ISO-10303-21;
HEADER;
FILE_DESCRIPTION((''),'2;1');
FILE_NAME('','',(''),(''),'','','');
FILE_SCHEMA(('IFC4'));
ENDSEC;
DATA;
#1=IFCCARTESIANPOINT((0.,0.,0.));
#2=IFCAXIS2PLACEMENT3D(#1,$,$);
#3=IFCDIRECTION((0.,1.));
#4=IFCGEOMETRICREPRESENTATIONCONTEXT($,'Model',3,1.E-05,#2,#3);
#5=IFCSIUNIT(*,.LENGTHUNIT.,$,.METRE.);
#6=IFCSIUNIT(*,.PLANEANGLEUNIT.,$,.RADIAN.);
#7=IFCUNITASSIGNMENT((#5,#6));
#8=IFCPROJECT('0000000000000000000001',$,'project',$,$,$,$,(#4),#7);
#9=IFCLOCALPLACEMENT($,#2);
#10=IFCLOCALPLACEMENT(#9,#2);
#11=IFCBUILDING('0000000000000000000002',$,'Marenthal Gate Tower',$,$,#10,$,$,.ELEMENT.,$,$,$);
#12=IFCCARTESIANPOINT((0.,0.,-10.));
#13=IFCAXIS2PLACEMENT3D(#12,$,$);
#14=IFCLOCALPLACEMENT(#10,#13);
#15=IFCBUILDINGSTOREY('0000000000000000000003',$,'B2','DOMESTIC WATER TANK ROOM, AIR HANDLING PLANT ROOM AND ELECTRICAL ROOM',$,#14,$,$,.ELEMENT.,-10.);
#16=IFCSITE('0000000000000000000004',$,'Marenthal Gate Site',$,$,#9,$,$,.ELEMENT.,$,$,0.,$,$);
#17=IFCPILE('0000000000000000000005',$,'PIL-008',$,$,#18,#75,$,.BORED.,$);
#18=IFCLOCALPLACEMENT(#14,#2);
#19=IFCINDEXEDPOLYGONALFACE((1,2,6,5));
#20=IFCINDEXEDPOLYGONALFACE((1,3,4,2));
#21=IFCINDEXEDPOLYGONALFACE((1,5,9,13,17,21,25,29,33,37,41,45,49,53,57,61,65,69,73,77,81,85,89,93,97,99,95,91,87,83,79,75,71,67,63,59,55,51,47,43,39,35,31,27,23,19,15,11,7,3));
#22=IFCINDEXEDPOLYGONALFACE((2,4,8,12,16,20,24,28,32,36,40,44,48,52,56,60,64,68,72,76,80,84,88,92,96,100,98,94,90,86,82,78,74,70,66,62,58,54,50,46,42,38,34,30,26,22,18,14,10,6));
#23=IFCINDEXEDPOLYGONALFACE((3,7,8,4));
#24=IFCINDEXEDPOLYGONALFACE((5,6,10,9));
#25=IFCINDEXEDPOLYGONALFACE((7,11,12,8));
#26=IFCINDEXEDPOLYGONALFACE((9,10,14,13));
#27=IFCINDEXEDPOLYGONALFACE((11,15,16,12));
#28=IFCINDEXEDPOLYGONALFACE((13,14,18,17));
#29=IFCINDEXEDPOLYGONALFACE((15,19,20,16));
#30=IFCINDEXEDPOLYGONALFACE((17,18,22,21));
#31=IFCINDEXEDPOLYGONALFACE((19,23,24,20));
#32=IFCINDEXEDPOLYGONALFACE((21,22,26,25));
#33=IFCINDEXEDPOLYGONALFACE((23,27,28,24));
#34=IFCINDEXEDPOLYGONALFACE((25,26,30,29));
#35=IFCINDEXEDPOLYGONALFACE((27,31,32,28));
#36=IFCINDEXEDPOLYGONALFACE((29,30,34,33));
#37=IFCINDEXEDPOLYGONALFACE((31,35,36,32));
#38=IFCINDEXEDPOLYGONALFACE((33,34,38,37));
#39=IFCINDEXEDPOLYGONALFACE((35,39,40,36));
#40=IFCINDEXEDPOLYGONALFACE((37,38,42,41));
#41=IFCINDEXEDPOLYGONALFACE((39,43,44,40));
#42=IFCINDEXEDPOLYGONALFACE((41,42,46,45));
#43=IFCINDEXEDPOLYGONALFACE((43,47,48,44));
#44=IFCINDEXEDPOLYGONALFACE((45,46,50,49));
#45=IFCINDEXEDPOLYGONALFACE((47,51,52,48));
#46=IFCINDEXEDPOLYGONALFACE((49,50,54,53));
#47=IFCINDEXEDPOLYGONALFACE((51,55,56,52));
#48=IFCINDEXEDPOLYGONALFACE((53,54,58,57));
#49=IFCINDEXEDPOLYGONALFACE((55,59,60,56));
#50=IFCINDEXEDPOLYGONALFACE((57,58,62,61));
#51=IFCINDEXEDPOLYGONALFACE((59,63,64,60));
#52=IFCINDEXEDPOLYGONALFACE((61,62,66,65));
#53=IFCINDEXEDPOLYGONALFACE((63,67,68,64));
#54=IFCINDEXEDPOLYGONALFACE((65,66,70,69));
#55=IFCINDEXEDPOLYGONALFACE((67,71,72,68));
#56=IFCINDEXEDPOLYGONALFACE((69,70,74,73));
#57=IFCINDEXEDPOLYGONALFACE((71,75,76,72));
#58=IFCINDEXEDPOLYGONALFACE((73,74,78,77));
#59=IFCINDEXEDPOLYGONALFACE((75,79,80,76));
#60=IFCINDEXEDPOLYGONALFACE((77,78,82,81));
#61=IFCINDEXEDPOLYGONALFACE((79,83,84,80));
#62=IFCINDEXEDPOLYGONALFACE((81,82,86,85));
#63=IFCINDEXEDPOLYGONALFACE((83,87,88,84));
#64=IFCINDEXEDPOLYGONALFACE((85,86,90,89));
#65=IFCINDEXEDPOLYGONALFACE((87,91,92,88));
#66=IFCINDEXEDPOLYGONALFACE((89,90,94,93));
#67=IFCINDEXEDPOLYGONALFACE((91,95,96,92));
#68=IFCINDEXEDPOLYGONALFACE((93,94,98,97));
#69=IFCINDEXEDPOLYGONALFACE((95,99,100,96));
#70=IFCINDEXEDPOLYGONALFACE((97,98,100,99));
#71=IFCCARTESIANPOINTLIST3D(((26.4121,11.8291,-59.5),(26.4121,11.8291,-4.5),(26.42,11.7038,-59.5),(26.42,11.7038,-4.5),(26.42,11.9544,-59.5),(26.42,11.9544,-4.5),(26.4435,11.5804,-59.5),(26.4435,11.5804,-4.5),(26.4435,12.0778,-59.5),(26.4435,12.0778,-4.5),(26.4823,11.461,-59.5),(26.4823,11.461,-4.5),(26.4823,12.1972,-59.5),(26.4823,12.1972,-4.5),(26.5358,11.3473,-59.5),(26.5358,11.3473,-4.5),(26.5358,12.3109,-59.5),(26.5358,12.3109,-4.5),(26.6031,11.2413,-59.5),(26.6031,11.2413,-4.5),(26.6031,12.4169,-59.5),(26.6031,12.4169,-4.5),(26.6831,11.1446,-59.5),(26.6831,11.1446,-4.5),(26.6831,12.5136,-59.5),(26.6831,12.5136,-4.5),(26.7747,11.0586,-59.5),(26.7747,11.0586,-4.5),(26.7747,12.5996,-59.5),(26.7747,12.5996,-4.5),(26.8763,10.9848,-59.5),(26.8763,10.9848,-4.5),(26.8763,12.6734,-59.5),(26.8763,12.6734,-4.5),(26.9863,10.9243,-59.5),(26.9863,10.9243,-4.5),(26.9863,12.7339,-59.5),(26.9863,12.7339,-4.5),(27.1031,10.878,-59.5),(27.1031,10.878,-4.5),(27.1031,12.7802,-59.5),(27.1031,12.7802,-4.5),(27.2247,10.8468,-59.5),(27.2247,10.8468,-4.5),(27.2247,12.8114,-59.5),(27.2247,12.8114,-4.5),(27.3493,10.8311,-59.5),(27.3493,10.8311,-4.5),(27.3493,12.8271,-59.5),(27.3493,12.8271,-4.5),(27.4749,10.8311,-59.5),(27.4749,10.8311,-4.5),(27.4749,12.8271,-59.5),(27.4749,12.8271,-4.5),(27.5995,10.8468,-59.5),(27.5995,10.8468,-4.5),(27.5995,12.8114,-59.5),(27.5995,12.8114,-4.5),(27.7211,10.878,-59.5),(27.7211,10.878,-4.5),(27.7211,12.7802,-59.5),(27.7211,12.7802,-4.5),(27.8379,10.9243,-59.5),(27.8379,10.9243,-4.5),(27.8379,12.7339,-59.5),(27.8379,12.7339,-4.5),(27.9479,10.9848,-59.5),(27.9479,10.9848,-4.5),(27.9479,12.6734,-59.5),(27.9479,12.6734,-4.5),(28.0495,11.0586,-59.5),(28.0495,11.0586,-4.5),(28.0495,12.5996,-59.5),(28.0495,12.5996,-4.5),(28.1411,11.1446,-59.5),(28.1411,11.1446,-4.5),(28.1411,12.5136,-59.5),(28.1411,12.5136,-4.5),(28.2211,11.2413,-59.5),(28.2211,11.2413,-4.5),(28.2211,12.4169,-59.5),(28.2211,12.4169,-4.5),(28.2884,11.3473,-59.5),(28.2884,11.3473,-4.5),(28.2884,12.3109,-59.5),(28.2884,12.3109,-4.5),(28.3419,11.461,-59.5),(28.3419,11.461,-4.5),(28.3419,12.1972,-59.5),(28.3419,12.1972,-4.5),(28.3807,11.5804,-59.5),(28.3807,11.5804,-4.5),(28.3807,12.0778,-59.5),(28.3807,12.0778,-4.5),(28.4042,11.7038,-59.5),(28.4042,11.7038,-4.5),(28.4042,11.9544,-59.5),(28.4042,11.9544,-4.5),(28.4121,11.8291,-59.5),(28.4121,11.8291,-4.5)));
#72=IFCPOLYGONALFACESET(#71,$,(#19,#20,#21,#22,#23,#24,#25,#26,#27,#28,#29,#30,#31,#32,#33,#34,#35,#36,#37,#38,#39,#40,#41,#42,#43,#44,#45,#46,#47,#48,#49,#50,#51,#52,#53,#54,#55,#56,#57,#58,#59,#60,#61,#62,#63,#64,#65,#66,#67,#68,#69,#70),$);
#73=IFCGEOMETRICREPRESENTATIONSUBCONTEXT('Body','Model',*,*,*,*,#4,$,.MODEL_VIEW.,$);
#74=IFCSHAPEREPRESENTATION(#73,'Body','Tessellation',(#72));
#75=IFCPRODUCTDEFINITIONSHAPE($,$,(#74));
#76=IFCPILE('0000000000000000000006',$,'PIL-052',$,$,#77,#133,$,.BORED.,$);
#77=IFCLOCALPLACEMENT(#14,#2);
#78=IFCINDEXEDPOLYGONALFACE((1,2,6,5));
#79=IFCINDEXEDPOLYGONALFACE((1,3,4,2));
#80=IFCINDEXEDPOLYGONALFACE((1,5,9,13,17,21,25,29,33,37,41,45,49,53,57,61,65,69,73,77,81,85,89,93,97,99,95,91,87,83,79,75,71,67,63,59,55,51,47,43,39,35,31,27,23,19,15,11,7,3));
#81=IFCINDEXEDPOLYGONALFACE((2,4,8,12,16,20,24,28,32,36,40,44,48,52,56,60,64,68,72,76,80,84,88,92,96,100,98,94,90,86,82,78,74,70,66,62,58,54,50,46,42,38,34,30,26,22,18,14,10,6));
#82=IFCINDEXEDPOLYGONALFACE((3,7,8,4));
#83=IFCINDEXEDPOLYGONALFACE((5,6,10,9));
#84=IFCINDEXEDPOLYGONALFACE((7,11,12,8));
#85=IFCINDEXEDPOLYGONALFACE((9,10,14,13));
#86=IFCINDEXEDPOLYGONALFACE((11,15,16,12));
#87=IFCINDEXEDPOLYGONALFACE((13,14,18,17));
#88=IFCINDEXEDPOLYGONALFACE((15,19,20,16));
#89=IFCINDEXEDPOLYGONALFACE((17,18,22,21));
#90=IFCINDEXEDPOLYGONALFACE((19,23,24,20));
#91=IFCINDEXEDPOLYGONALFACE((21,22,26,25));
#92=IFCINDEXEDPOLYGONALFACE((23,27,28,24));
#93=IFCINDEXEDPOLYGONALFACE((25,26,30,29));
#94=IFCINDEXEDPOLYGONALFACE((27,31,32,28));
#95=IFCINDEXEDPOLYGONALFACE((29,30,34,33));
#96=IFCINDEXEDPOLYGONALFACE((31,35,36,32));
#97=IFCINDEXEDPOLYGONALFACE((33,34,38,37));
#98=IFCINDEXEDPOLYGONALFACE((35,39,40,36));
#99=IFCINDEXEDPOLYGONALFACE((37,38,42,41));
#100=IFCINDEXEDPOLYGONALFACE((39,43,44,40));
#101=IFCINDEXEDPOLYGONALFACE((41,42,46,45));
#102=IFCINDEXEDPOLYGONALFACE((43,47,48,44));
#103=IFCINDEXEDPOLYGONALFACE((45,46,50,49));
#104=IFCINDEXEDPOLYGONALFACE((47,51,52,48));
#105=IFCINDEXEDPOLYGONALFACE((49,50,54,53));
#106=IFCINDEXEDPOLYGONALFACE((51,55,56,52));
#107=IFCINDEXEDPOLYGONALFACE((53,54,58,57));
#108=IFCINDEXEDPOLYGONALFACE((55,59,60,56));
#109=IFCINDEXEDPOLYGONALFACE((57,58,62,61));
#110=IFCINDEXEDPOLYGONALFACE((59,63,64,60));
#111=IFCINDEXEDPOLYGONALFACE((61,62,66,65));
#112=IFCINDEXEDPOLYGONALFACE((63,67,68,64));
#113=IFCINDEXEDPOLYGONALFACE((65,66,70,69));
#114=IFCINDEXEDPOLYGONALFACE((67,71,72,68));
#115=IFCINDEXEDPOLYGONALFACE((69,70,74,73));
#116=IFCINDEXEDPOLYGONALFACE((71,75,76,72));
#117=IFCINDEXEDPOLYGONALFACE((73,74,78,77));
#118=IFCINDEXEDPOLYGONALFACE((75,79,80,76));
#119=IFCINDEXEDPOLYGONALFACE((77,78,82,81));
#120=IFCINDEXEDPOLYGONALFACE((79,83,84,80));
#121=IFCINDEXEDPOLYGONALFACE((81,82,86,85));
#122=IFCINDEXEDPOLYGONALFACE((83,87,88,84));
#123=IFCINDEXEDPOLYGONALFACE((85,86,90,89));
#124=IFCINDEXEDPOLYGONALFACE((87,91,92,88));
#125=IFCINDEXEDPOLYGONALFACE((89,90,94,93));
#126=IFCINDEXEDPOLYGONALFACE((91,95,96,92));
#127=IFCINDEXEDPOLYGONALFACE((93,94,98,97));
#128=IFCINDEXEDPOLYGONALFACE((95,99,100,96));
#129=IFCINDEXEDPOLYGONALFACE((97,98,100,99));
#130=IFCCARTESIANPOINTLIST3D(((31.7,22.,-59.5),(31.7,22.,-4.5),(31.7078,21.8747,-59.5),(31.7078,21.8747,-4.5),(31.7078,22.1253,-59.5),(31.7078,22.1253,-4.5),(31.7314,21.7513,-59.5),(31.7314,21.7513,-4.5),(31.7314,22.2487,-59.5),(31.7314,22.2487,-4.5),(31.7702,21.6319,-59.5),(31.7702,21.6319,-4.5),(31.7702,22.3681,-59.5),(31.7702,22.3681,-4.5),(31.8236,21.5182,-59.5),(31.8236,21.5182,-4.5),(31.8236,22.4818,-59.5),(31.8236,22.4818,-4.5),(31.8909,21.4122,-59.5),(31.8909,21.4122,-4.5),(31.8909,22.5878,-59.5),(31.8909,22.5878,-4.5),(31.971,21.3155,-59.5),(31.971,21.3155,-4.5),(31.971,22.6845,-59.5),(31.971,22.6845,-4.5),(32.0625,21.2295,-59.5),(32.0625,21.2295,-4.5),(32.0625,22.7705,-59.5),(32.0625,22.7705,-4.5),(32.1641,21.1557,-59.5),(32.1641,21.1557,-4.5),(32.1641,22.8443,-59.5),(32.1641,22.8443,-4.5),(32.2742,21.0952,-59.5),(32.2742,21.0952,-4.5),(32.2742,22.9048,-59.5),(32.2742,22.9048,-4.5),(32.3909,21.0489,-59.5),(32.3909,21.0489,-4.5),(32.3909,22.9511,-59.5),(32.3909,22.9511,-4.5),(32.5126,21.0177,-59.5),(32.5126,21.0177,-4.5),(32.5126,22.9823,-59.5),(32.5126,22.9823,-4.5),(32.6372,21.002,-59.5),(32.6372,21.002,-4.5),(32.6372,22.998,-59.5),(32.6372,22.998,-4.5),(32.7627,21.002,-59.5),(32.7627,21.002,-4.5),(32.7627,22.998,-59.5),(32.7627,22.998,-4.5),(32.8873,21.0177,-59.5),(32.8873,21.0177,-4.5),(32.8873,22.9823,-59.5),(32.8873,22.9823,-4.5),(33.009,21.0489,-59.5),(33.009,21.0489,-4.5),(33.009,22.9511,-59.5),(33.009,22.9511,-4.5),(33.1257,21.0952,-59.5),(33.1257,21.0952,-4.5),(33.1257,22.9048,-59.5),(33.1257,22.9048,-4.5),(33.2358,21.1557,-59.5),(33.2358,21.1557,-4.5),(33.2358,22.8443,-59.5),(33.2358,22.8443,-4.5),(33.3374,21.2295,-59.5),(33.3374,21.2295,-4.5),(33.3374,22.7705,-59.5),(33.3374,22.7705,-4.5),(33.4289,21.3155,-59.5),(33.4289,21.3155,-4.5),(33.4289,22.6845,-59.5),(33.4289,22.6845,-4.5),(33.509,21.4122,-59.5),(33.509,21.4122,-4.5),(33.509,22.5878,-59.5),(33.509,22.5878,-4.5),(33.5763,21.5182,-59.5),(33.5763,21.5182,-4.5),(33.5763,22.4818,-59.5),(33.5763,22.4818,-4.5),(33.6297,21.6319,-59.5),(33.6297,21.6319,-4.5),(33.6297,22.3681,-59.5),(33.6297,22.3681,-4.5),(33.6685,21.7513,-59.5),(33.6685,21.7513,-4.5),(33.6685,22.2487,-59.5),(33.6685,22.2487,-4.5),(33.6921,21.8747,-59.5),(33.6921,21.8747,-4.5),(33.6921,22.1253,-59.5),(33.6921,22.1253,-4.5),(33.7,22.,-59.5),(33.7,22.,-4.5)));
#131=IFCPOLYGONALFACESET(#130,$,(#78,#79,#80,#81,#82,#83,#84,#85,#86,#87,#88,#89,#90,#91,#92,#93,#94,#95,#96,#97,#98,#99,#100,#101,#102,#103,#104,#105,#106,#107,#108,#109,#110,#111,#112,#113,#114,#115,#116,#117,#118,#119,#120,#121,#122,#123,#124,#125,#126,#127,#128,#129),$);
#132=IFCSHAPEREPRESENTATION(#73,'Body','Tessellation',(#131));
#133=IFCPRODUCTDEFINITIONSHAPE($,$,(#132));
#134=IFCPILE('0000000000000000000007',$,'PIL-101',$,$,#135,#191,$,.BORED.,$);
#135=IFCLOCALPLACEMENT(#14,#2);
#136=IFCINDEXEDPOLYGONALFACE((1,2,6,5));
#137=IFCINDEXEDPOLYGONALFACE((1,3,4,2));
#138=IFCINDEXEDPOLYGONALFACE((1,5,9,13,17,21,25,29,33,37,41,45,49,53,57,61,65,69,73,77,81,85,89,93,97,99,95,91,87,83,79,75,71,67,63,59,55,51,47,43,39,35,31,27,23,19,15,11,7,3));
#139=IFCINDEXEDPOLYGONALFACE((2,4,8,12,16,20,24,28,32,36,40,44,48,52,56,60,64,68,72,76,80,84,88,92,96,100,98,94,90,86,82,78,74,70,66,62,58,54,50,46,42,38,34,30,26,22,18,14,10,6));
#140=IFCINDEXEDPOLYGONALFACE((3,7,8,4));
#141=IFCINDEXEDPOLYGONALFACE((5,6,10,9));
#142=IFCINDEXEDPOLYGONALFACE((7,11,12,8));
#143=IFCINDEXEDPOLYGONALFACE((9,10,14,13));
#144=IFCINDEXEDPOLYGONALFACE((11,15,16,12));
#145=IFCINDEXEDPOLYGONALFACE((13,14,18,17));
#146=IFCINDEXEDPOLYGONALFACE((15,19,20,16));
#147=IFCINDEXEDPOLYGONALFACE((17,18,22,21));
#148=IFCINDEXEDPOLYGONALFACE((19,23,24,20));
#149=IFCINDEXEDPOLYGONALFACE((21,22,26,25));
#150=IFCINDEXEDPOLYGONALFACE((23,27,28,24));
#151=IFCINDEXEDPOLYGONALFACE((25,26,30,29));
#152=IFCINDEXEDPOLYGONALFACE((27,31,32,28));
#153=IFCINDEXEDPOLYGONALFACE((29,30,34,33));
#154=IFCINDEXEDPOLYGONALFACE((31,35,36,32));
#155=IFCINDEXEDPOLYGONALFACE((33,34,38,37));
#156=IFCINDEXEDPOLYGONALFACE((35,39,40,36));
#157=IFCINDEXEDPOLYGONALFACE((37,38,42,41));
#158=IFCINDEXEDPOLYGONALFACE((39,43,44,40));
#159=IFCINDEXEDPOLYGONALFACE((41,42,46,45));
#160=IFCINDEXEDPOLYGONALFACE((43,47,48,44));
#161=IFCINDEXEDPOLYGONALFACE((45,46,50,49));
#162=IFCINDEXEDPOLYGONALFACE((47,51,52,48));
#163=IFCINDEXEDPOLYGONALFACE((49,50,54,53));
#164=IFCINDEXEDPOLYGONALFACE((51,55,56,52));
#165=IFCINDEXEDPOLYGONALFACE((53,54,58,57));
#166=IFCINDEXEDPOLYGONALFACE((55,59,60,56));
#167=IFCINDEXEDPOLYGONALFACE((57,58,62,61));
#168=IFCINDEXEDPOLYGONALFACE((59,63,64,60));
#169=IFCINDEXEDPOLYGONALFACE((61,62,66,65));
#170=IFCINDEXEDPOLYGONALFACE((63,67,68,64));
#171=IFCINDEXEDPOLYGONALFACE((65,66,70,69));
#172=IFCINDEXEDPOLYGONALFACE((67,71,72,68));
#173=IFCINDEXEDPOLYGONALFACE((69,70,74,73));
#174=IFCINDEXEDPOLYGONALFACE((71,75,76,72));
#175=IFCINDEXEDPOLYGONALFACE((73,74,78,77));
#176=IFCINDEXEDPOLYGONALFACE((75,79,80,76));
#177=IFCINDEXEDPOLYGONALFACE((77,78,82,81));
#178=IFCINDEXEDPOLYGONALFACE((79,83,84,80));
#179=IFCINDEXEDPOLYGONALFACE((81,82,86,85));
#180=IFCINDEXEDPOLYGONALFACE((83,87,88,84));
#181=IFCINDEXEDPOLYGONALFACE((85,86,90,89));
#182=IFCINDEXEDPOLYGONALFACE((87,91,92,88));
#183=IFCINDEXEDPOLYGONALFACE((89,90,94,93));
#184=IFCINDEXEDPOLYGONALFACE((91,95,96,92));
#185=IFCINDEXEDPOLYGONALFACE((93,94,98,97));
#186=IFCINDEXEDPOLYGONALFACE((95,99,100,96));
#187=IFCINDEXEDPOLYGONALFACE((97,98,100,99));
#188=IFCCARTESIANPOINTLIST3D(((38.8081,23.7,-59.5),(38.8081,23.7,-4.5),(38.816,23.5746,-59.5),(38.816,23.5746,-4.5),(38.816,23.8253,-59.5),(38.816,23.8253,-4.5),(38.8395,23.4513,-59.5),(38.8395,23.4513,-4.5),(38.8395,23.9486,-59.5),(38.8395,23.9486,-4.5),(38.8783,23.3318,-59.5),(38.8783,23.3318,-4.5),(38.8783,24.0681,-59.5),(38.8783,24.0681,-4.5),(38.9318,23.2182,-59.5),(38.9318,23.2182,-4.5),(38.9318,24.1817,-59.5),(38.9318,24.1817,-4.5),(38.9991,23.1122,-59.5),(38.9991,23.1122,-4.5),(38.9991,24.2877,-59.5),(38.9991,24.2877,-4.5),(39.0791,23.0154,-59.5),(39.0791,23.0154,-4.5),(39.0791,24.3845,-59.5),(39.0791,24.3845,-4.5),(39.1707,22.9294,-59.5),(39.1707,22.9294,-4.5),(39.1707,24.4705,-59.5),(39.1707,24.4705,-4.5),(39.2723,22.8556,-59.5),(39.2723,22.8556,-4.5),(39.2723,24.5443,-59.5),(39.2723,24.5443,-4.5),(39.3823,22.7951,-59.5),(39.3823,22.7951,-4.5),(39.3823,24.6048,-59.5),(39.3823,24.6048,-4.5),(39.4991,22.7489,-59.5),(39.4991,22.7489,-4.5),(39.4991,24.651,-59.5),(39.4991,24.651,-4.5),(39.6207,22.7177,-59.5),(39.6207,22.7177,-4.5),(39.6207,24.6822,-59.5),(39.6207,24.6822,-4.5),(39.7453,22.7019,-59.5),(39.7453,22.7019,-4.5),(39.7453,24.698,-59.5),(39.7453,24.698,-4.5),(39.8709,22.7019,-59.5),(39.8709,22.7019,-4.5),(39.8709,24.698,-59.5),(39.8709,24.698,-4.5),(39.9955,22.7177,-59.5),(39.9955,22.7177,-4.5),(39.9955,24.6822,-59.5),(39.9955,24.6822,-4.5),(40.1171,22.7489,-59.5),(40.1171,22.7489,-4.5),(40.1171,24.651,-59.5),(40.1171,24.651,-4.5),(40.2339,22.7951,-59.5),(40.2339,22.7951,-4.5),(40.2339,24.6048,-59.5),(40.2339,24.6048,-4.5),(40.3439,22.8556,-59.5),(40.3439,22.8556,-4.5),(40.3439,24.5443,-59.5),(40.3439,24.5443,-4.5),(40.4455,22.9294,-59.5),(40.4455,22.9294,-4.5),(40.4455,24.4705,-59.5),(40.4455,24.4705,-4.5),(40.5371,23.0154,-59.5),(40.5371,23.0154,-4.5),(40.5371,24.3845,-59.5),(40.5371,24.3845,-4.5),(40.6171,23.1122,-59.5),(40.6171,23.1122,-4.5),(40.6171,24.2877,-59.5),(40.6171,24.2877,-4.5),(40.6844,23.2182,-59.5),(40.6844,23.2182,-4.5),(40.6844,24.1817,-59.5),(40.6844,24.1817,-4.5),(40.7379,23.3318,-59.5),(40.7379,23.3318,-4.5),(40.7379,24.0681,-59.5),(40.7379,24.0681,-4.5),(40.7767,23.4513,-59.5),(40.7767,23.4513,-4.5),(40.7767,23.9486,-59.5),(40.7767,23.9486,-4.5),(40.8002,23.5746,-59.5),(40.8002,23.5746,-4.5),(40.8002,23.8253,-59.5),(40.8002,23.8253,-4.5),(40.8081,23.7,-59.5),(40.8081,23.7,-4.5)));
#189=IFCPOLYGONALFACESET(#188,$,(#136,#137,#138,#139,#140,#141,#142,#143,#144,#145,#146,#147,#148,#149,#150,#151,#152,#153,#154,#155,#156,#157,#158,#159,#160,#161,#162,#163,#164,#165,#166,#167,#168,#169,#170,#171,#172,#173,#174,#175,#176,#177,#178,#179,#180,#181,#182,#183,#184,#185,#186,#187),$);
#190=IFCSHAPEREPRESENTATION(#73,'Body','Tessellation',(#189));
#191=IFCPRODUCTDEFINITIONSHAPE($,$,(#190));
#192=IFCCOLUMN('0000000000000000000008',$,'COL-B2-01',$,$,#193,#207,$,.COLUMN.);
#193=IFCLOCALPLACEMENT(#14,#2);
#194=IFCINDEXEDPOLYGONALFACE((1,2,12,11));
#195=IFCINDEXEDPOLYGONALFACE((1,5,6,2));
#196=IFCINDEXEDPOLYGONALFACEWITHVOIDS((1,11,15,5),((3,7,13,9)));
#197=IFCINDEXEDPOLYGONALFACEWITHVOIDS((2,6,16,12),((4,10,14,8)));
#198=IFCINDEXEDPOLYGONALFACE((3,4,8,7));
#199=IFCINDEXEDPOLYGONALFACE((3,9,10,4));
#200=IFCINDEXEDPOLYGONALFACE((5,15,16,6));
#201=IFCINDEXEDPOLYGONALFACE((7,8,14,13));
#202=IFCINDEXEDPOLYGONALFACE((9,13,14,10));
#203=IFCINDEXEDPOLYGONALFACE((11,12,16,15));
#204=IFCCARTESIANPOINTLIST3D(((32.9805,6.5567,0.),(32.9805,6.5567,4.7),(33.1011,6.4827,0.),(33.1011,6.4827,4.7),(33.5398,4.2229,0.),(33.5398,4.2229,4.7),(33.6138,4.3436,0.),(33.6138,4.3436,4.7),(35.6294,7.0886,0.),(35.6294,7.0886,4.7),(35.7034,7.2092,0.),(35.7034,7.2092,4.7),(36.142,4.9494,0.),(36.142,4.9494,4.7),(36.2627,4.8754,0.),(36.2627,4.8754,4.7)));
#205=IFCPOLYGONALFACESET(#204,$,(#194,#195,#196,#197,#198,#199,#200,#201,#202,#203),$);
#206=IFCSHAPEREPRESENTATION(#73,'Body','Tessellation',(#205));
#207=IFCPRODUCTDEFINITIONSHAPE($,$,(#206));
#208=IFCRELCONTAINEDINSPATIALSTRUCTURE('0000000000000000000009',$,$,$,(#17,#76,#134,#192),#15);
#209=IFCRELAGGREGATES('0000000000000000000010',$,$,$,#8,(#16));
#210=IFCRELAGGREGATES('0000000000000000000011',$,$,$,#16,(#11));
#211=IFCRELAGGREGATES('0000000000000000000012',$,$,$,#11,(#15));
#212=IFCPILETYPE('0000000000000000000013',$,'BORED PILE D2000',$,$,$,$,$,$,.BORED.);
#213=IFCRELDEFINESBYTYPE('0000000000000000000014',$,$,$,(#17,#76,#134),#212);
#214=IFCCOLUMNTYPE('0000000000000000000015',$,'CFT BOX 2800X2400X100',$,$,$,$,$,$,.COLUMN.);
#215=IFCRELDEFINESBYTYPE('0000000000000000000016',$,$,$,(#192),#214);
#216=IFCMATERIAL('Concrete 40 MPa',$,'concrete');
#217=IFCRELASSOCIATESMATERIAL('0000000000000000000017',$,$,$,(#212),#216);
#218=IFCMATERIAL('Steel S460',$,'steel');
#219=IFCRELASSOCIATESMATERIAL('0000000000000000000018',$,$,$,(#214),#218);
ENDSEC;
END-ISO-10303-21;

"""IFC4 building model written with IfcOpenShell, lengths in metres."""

from ifc_helpers import new_model, si_unit, direction, frame, origin, origin_2d, place, context, subcontext, project, spatial, rectangle, hollow_rectangle, circle, extrude, material, material_profile, profile_set, type_object, element, save


model = new_model("IFC4")

# Units and contexts
model_context = context("Model", 3, precision=1e-05, world=origin(), true_north=direction((0.0, 1.0)))
body_context = subcontext(model_context, "Body", "Model", "MODEL_VIEW")
ifc_project = project(units=[si_unit("LENGTHUNIT", "METRE"), si_unit("PLANEANGLEUNIT", "RADIAN")], contexts=[model_context])

# Site, building, storey
site_placement = place(None, origin())
site = spatial("IfcSite", under=ifc_project, at=site_placement, Name="Marenthal Gate Site", CompositionType="ELEMENT", RefElevation=0.0)
building_placement = place(site_placement, origin())
building = spatial("IfcBuilding", under=site, at=building_placement, Name="Marenthal Gate Tower", CompositionType="ELEMENT")
storey_placement = place(building_placement, frame((0.0, 0.0, -10.0)))
storey = spatial("IfcBuildingStorey", under=building, at=storey_placement, Name="B2", Description="DOMESTIC WATER TANK ROOM, AIR HANDLING PLANT ROOM AND ELECTRICAL ROOM", CompositionType="ELEMENT", Elevation=-10.0)

# Piles
ifc_material_1 = material(Name="Concrete 40 MPa", Category="concrete")
pile_type = type_object("IfcPileType", Name="BORED PILE D2000", PredefinedType="BORED", material=ifc_material_1)
for number, where, z_axis, x_axis, name in (
    (1, (27.4121, 11.8291, -4.5), (0.0, 0.0, -1.0), (1.0, 0.0, 0.0), "PIL-008"),
    (2, (32.7, 22.0, -4.5), (0.0, 0.0, -1.0), (1.0, 0.0, 0.0), "PIL-052"),
    (3, (39.8081, 23.7, -4.5), (0.0, 0.0, -1.0), (1.0, 0.0, 0.0), "PIL-101"),
):
    element("IfcPile", number, at=place(storey_placement, frame(where, z_axis=z_axis, x_axis=x_axis)), inside=storey, type_object=pile_type, Name=name, PredefinedType="BORED", context=body_context, shape_type="SweptSolid", body=[
        extrude(circle(Radius=1.0, at=origin_2d()), origin(), (0.0, 0.0, 1.0), 55.0),
    ])

# Column
ifc_material_2 = material(Name="Steel S460", Category="steel")
ifc_material_profile_1 = material_profile(ifc_material_2, hollow_rectangle(XDim=2.3999, YDim=2.8, WallThickness=0.1001, at=origin_2d()), Name="CFT BOX 2800X2400X100")
ifc_material_3 = material(Name="Concrete 70 MPa", Category="concrete")
ifc_material_profile_2 = material_profile(ifc_material_3, rectangle(XDim=2.2, YDim=2.6001, at=origin_2d()), Name="CFT BOX 2800X2400X100 INFILL")
ifc_profile_set_1 = profile_set([ifc_material_profile_1, ifc_material_profile_2], Name="Steel S460 shell, Concrete 70 MPa infill")
column_type_1 = type_object("IfcColumnType", Name="CFT BOX 2800X2400X100", PredefinedType="COLUMN", material=ifc_profile_set_1)
for number, where, z_axis, x_axis, name in (
    (4, (34.6216, 5.7161, 0.0), (0.0, 0.0, 1.0), (0.233047, -0.972466, 0.0), "COL-B2-01"),
):
    element("IfcColumn", number, at=place(storey_placement, frame(where, z_axis=z_axis, x_axis=x_axis)), inside=storey, type_object=column_type_1, Name=name, PredefinedType="COLUMN", context=body_context, shape_type="SweptSolid", body=[
        extrude(hollow_rectangle(XDim=2.3999, YDim=2.8, WallThickness=0.1001, at=origin_2d()), origin(), (0.0, 0.0, 1.0), 4.7),
    ])

save(model, "model.ifc")
